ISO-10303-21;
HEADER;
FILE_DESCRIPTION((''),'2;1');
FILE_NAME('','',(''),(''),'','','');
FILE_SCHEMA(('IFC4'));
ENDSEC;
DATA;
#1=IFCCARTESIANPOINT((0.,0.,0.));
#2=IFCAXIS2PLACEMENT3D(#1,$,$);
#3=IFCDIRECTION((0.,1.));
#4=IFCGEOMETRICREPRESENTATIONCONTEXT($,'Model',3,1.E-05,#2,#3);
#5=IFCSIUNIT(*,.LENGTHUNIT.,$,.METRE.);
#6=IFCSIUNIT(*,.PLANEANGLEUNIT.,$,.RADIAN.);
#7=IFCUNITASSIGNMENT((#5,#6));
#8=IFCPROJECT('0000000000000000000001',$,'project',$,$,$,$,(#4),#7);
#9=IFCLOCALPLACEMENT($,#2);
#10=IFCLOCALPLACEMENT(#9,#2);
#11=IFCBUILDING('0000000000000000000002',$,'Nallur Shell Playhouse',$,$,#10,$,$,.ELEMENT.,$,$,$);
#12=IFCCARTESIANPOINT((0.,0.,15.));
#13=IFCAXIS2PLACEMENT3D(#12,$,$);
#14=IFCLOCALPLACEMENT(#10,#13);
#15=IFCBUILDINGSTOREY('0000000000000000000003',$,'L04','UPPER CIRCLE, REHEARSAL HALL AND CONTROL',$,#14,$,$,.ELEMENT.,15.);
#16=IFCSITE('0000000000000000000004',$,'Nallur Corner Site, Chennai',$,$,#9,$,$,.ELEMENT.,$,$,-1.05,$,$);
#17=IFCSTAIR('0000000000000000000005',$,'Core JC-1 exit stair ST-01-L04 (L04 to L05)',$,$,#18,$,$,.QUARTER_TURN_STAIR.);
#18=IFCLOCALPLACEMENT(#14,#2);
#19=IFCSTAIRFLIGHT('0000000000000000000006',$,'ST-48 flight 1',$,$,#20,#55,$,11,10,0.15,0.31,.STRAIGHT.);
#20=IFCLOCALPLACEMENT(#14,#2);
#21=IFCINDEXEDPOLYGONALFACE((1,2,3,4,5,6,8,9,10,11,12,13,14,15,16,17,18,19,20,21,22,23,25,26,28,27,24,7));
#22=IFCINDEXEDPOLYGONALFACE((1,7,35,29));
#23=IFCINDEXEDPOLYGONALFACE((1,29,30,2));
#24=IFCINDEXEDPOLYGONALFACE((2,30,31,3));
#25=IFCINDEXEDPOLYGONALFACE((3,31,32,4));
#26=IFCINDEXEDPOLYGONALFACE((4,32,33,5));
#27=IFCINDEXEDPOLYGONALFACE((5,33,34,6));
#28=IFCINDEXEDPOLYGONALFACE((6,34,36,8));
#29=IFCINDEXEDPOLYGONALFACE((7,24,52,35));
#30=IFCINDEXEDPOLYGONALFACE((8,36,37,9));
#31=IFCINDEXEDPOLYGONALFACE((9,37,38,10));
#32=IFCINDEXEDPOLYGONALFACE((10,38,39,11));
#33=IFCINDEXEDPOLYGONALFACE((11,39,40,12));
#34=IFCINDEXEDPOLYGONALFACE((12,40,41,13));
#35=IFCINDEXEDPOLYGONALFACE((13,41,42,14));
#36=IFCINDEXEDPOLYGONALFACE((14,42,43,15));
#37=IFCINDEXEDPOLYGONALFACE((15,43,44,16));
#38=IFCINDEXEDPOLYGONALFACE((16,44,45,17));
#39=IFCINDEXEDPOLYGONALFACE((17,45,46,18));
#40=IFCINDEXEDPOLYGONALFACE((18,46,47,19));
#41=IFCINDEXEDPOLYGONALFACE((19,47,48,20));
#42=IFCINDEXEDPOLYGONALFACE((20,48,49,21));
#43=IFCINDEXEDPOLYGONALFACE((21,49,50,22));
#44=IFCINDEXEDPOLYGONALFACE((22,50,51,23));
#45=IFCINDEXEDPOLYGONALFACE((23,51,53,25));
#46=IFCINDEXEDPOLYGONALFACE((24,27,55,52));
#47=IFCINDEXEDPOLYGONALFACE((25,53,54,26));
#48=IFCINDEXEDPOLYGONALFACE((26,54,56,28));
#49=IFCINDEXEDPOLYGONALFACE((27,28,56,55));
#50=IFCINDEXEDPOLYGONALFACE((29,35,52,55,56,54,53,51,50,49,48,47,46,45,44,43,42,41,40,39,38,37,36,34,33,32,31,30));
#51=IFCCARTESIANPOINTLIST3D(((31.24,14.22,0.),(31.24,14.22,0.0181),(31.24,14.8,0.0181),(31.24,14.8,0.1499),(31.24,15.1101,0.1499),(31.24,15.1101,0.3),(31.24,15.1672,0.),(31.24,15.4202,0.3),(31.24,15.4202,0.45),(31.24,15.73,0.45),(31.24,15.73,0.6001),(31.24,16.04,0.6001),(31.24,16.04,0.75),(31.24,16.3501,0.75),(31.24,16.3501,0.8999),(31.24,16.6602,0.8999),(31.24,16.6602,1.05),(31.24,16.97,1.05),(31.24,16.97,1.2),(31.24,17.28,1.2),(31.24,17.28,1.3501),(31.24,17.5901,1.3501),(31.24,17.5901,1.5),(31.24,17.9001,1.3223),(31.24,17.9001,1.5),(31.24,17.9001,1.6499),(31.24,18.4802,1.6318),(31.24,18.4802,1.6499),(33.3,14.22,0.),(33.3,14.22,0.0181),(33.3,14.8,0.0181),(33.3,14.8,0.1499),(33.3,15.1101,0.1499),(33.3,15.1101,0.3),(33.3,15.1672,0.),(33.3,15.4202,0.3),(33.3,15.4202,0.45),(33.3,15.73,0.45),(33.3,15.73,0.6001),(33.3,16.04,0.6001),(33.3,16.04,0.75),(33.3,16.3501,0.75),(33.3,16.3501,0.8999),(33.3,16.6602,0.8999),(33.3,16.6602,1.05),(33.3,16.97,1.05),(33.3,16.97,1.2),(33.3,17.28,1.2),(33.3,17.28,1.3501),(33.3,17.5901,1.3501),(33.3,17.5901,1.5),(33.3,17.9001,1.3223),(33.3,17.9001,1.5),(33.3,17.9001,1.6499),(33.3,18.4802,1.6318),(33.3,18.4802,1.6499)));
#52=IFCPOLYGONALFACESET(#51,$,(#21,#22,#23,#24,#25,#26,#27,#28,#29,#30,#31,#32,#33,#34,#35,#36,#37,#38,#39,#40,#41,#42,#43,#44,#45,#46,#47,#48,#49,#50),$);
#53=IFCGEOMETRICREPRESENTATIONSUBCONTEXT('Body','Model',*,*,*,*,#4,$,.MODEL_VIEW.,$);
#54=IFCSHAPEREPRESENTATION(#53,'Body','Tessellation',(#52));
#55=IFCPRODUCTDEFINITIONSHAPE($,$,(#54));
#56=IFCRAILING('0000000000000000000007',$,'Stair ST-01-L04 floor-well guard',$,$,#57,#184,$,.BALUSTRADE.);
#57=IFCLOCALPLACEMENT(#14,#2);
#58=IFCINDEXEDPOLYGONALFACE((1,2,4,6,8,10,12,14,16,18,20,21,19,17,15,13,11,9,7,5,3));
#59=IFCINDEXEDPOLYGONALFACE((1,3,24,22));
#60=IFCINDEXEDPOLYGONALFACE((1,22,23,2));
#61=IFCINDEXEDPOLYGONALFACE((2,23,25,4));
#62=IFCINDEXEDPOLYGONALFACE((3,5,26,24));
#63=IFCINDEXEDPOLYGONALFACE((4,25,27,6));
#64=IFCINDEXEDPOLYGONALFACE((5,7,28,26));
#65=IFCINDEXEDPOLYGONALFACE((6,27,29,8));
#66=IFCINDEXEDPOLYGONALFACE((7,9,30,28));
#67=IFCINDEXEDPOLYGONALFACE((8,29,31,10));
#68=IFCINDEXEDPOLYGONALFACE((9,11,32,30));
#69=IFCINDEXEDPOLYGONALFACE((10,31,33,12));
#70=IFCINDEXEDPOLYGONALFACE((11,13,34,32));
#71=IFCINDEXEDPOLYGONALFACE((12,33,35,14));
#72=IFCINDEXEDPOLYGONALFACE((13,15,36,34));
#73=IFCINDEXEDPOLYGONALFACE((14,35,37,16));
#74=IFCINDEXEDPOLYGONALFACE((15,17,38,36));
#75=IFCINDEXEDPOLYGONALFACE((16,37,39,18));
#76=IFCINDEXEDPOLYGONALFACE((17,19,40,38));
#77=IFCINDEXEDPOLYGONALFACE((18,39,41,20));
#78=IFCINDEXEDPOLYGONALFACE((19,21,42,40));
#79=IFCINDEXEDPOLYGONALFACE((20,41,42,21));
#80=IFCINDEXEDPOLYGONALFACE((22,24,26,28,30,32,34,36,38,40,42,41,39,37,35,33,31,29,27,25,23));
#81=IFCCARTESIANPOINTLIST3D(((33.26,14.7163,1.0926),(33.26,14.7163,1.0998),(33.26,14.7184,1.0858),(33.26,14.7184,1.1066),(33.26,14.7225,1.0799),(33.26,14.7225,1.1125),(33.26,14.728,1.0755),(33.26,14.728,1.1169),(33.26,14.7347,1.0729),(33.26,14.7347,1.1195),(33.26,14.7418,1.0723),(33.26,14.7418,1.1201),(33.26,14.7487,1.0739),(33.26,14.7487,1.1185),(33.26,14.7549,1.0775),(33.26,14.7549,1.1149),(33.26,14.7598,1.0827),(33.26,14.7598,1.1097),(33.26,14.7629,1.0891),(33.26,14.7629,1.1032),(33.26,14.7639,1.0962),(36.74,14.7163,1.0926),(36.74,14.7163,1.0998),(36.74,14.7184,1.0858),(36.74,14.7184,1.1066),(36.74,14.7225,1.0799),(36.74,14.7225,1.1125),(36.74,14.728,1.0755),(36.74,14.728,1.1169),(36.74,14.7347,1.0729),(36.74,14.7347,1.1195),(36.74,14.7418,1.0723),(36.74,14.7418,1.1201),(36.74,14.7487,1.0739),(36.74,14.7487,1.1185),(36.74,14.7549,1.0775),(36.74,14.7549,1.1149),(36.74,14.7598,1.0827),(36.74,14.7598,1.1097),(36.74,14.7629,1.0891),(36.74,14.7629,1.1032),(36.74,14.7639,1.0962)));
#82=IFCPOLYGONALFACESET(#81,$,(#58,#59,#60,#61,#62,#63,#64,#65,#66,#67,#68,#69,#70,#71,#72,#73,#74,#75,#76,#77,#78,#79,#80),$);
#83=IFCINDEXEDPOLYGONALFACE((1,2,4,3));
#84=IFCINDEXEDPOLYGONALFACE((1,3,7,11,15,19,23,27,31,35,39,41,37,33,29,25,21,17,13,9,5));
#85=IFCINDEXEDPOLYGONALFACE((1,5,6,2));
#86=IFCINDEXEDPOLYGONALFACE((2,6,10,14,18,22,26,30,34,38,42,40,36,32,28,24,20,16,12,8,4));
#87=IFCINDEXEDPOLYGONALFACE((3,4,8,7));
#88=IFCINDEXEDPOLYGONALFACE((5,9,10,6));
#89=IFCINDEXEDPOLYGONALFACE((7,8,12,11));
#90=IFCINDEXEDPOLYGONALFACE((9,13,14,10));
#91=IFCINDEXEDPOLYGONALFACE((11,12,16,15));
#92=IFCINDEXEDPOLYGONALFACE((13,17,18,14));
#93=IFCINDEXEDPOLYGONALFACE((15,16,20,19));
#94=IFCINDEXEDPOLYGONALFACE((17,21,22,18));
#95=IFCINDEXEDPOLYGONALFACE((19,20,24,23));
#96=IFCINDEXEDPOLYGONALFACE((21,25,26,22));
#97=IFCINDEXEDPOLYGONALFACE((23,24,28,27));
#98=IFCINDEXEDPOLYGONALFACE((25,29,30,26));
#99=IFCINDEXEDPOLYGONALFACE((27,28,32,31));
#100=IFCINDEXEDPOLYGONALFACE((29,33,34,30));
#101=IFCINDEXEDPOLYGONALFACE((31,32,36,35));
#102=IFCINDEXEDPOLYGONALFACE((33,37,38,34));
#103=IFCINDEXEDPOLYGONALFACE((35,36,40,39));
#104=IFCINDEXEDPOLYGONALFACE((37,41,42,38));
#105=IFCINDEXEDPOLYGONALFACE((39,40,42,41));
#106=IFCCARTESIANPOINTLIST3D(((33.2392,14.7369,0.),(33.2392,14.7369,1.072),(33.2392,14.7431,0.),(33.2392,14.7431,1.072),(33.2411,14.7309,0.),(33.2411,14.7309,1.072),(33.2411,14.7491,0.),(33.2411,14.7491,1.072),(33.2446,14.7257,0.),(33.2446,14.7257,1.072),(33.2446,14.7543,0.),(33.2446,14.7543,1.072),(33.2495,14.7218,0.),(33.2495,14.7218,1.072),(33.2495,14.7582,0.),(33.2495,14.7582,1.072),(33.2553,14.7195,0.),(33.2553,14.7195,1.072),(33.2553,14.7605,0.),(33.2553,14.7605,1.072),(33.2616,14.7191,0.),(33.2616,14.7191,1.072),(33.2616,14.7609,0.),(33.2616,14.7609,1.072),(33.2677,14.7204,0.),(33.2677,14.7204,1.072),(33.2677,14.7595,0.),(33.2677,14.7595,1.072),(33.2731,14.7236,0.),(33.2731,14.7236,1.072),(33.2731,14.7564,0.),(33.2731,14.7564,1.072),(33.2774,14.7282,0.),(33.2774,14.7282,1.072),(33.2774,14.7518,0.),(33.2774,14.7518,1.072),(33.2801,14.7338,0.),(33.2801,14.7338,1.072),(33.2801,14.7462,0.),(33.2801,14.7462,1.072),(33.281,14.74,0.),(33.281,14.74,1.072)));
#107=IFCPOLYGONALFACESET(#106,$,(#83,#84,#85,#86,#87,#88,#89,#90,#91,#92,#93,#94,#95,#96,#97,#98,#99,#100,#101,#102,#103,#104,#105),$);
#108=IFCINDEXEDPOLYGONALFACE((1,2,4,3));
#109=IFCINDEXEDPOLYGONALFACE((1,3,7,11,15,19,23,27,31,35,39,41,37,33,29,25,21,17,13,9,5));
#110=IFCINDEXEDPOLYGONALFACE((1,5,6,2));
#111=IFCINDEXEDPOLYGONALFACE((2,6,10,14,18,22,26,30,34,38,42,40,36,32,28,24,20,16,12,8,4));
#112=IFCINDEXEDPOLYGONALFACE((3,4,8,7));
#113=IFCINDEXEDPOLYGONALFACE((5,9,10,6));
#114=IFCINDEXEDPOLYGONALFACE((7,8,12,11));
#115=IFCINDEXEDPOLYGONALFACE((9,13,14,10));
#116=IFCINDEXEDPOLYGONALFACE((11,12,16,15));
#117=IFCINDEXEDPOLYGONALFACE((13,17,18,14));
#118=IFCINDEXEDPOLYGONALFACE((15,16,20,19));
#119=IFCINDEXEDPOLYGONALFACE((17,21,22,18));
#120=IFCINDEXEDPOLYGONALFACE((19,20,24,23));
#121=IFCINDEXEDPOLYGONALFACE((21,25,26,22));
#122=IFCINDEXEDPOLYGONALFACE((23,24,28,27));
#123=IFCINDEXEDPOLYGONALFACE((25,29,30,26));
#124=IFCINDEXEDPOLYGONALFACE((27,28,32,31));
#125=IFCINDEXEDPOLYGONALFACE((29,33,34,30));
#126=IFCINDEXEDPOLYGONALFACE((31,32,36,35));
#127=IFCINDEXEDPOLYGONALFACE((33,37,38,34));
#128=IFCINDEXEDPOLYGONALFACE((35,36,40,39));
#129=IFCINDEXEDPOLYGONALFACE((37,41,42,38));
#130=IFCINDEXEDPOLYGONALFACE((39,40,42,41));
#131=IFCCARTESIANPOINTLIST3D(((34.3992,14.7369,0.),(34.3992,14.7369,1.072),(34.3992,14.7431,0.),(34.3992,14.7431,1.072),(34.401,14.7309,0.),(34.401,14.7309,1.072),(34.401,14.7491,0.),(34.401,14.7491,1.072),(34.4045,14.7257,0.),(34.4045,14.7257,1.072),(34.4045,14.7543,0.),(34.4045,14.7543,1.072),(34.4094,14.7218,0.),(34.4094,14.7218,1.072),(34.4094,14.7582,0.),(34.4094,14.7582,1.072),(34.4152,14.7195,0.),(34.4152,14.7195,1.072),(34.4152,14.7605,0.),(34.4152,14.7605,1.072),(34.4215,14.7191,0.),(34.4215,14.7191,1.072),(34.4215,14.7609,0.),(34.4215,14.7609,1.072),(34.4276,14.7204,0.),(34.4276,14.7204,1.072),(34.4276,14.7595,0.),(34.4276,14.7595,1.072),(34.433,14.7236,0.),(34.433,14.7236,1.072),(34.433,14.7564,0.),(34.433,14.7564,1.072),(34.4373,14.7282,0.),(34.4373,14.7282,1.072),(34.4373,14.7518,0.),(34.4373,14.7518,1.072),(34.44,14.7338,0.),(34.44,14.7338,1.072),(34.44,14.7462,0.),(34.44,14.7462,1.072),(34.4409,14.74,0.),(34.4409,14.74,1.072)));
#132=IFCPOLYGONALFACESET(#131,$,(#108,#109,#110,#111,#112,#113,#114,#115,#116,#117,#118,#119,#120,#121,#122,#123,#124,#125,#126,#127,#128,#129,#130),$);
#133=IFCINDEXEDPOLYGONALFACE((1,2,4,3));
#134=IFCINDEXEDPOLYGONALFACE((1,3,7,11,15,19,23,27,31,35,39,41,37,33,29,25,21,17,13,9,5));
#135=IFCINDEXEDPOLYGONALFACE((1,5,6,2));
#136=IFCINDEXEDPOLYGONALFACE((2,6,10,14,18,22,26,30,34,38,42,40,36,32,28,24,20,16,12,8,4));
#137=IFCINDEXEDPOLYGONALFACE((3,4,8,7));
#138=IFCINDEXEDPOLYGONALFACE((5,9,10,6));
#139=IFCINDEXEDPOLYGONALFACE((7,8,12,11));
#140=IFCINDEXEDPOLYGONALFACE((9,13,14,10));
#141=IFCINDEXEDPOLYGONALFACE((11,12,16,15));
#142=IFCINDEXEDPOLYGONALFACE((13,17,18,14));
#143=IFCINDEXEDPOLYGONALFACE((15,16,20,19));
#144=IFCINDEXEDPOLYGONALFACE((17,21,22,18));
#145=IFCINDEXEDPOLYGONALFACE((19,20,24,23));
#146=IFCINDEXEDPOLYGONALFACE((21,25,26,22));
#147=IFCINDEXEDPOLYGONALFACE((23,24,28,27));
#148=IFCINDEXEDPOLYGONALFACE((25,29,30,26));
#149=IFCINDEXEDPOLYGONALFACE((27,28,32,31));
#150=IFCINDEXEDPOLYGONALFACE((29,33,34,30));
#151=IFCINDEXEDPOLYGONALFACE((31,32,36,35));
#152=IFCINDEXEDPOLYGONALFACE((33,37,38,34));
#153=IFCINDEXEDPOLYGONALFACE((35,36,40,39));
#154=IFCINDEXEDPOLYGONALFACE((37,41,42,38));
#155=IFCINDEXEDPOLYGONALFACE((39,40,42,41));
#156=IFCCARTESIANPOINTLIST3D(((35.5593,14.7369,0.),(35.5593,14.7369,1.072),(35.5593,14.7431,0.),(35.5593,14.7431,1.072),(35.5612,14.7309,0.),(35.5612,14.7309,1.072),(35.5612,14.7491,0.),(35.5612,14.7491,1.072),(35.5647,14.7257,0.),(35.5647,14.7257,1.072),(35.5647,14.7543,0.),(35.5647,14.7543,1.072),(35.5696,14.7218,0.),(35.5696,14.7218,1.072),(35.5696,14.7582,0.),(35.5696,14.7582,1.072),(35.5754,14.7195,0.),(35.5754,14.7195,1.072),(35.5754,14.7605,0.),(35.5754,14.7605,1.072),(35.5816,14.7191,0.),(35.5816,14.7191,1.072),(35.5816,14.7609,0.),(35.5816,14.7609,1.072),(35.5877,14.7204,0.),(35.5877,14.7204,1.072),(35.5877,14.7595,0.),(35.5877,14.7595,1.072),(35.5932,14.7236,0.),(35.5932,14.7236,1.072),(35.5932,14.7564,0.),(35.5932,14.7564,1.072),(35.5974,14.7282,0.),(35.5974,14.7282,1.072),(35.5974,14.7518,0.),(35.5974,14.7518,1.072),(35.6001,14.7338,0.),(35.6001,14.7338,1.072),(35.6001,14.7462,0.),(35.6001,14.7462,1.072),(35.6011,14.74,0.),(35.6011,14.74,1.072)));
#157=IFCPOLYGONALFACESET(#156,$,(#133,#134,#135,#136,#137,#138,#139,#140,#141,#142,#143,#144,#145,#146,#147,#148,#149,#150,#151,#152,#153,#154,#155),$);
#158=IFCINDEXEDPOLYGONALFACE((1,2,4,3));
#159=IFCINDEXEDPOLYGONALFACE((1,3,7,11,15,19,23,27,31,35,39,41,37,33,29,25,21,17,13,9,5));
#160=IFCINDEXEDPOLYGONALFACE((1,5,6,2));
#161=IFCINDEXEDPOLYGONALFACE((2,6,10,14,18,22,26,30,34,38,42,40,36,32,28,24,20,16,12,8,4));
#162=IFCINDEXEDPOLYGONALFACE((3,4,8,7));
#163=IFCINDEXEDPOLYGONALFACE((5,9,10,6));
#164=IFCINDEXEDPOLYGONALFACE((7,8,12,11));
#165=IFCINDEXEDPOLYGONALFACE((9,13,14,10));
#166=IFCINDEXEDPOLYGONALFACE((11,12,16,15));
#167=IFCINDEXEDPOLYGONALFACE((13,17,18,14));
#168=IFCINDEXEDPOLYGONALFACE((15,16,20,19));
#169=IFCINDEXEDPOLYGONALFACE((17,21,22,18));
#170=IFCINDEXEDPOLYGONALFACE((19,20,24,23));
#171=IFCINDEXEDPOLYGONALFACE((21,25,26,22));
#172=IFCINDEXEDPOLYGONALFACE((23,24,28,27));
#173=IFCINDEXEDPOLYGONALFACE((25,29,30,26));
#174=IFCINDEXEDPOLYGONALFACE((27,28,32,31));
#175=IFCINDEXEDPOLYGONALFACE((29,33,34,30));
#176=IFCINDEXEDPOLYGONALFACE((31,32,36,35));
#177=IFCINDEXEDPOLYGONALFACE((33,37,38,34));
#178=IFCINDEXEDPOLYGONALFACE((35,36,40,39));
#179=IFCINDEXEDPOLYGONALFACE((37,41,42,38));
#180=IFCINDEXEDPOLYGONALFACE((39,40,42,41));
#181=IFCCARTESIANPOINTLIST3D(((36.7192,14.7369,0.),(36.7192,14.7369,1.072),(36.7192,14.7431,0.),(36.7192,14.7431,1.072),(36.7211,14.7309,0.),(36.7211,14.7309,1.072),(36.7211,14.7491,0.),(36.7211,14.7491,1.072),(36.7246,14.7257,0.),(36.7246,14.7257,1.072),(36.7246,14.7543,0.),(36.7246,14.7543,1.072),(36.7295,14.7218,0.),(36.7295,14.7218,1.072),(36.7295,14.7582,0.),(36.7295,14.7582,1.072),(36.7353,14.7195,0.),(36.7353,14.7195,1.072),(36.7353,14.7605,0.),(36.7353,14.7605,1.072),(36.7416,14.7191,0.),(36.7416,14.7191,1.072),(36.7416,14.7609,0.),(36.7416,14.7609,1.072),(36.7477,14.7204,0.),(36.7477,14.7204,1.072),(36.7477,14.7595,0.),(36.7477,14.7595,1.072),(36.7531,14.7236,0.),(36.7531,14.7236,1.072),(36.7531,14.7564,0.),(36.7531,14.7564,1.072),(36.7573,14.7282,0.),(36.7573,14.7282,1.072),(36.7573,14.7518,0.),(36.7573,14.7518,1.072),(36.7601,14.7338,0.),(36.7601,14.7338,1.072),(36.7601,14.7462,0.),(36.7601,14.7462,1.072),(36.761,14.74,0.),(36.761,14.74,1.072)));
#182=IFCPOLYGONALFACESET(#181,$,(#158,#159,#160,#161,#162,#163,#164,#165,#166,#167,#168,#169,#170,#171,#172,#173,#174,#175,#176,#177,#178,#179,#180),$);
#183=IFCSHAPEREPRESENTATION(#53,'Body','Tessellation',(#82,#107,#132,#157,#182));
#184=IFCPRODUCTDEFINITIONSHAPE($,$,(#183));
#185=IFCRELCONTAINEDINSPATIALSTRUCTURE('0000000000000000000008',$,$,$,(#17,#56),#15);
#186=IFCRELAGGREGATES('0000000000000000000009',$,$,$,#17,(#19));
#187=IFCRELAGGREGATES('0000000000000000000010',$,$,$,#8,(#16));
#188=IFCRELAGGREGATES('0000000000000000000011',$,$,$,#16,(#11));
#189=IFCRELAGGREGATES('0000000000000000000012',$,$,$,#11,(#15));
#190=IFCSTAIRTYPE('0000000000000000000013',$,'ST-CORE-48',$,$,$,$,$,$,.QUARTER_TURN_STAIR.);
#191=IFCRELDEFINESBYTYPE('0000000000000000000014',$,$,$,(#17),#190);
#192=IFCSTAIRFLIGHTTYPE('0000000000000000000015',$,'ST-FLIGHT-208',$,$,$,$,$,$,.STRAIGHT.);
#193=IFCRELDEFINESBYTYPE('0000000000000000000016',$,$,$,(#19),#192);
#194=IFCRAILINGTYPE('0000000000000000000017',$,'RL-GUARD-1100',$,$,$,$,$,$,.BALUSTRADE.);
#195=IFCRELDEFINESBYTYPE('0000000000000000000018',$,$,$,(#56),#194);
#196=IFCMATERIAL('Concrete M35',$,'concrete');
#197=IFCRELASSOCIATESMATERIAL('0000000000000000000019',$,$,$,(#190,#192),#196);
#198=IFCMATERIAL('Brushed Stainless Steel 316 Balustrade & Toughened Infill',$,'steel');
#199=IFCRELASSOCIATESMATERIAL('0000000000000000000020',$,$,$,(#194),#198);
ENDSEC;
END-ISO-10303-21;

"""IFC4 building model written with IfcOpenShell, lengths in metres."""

from ifc_helpers import new_model, si_unit, direction, frame, origin, origin_2d, place, context, subcontext, project, spatial, polyline, circle, outline, extrude, material, type_object, element, aggregate, save


model = new_model("IFC4")

# Units and contexts
model_context = context("Model", 3, precision=1e-05, world=origin(), true_north=direction((0.0, 1.0)))
body_context = subcontext(model_context, "Body", "Model", "MODEL_VIEW")
ifc_project = project(units=[si_unit("LENGTHUNIT", "METRE"), si_unit("PLANEANGLEUNIT", "RADIAN")], contexts=[model_context])

# Site, building, storey
site_placement = place(None, origin())
site = spatial("IfcSite", under=ifc_project, at=site_placement, Name="Nallur Corner Site, Chennai", CompositionType="ELEMENT", RefElevation=-1.05)
building_placement = place(site_placement, origin())
building = spatial("IfcBuilding", under=site, at=building_placement, Name="Nallur Shell Playhouse", CompositionType="ELEMENT")
storey_placement = place(building_placement, frame((0.0, 0.0, 15.0)))
storey = spatial("IfcBuildingStorey", under=building, at=storey_placement, Name="L04", Description="UPPER CIRCLE, REHEARSAL HALL AND CONTROL", CompositionType="ELEMENT", Elevation=15.0)

# Shared definitions
ifc_material_1 = material(Name="Concrete M35", Category="concrete")

# Stair, stair flight
stair_type = type_object("IfcStairType", Name="ST-CORE-48", PredefinedType="QUARTER_TURN_STAIR", material=ifc_material_1)
stair_placement = place(storey_placement, origin())
stair = element("IfcStair", 1, at=stair_placement, inside=storey, type_object=stair_type, Name="Core JC-1 exit stair ST-01-L04 (L04 to L05)", PredefinedType="QUARTER_TURN_STAIR")
stair_flight_type = type_object("IfcStairFlightType", Name="ST-FLIGHT-208", PredefinedType="STRAIGHT", material=ifc_material_1)
stair_flight_placement = place(storey_placement, frame((32.27, 14.8, 0.0), z_axis=(0.0, 0.0, 1.0), x_axis=(0.0, 1.0, 0.0)))
stair_flight = element("IfcStairFlight", 2, at=stair_flight_placement, type_object=stair_flight_type, Name="ST-48 flight 1", NumberOfRisers=11, NumberOfTreads=10, PredefinedType="STRAIGHT", RiserHeight=0.15, TreadLength=0.31, context=body_context, shape_type="SweptSolid", body=[
    extrude(outline(polyline([(-0.5801, 0.0), (-0.5801, 0.0181), (0.0, 0.0181), (0.0, 0.1499), (0.3101, 0.1499), (0.3101, 0.3), (0.6201, 0.3), (0.6201, 0.45), (0.9299, 0.45), (0.9299, 0.6001), (1.24, 0.6001), (1.24, 0.75), (1.55, 0.75), (1.55, 0.8999), (1.8601, 0.8999), (1.8601, 1.05), (2.1699, 1.05), (2.1699, 1.2), (2.48, 1.2), (2.48, 1.3501), (2.79, 1.3501), (2.79, 1.5), (3.1001, 1.5), (3.1001, 1.6499), (3.6802, 1.6499), (3.6802, 1.6318), (3.1001, 1.3223), (0.3672, 0.0), (-0.5801, 0.0)])), frame((0.0, 1.03, 0.0), z_axis=(0.0, -1.0, 0.0), x_axis=(1.0, 0.0, 0.0)), (0.0, 0.0, 1.0), 2.0601),
])
aggregate(stair, [stair_flight])

# Railing
ifc_material_2 = material(Name="Brushed Stainless Steel 316 Balustrade & Toughened Infill", Category="steel")
railing_type_1 = type_object("IfcRailingType", Name="RL-GUARD-1100", PredefinedType="BALUSTRADE", material=ifc_material_2)
railing_1_placement = place(storey_placement, frame((33.26, 14.74, 0.0)))
element("IfcRailing", 3, at=railing_1_placement, inside=storey, type_object=railing_type_1, Name="Stair ST-01-L04 floor-well guard", PredefinedType="BALUSTRADE", context=body_context, shape_type="SweptSolid", body=[
    extrude(circle(Radius=0.0239, at=origin_2d()), frame((0.0, 0.0, 1.0962), z_axis=(1.0, 0.0, 0.0), x_axis=(0.0, 1.0, 0.0)), (0.0, 0.0, 1.0), 3.48),
    extrude(circle(Radius=0.021, at=origin_2d()), origin(), (0.0, 0.0, 1.0), 1.072),
    extrude(circle(Radius=0.021, at=origin_2d()), frame((1.1599, 0.0, 0.0)), (0.0, 0.0, 1.0), 1.072),
    extrude(circle(Radius=0.021, at=origin_2d()), frame((2.3201, 0.0, 0.0)), (0.0, 0.0, 1.0), 1.072),
    extrude(circle(Radius=0.021, at=origin_2d()), frame((3.48, 0.0, 0.0)), (0.0, 0.0, 1.0), 1.072),
])

save(model, "model.ifc")
